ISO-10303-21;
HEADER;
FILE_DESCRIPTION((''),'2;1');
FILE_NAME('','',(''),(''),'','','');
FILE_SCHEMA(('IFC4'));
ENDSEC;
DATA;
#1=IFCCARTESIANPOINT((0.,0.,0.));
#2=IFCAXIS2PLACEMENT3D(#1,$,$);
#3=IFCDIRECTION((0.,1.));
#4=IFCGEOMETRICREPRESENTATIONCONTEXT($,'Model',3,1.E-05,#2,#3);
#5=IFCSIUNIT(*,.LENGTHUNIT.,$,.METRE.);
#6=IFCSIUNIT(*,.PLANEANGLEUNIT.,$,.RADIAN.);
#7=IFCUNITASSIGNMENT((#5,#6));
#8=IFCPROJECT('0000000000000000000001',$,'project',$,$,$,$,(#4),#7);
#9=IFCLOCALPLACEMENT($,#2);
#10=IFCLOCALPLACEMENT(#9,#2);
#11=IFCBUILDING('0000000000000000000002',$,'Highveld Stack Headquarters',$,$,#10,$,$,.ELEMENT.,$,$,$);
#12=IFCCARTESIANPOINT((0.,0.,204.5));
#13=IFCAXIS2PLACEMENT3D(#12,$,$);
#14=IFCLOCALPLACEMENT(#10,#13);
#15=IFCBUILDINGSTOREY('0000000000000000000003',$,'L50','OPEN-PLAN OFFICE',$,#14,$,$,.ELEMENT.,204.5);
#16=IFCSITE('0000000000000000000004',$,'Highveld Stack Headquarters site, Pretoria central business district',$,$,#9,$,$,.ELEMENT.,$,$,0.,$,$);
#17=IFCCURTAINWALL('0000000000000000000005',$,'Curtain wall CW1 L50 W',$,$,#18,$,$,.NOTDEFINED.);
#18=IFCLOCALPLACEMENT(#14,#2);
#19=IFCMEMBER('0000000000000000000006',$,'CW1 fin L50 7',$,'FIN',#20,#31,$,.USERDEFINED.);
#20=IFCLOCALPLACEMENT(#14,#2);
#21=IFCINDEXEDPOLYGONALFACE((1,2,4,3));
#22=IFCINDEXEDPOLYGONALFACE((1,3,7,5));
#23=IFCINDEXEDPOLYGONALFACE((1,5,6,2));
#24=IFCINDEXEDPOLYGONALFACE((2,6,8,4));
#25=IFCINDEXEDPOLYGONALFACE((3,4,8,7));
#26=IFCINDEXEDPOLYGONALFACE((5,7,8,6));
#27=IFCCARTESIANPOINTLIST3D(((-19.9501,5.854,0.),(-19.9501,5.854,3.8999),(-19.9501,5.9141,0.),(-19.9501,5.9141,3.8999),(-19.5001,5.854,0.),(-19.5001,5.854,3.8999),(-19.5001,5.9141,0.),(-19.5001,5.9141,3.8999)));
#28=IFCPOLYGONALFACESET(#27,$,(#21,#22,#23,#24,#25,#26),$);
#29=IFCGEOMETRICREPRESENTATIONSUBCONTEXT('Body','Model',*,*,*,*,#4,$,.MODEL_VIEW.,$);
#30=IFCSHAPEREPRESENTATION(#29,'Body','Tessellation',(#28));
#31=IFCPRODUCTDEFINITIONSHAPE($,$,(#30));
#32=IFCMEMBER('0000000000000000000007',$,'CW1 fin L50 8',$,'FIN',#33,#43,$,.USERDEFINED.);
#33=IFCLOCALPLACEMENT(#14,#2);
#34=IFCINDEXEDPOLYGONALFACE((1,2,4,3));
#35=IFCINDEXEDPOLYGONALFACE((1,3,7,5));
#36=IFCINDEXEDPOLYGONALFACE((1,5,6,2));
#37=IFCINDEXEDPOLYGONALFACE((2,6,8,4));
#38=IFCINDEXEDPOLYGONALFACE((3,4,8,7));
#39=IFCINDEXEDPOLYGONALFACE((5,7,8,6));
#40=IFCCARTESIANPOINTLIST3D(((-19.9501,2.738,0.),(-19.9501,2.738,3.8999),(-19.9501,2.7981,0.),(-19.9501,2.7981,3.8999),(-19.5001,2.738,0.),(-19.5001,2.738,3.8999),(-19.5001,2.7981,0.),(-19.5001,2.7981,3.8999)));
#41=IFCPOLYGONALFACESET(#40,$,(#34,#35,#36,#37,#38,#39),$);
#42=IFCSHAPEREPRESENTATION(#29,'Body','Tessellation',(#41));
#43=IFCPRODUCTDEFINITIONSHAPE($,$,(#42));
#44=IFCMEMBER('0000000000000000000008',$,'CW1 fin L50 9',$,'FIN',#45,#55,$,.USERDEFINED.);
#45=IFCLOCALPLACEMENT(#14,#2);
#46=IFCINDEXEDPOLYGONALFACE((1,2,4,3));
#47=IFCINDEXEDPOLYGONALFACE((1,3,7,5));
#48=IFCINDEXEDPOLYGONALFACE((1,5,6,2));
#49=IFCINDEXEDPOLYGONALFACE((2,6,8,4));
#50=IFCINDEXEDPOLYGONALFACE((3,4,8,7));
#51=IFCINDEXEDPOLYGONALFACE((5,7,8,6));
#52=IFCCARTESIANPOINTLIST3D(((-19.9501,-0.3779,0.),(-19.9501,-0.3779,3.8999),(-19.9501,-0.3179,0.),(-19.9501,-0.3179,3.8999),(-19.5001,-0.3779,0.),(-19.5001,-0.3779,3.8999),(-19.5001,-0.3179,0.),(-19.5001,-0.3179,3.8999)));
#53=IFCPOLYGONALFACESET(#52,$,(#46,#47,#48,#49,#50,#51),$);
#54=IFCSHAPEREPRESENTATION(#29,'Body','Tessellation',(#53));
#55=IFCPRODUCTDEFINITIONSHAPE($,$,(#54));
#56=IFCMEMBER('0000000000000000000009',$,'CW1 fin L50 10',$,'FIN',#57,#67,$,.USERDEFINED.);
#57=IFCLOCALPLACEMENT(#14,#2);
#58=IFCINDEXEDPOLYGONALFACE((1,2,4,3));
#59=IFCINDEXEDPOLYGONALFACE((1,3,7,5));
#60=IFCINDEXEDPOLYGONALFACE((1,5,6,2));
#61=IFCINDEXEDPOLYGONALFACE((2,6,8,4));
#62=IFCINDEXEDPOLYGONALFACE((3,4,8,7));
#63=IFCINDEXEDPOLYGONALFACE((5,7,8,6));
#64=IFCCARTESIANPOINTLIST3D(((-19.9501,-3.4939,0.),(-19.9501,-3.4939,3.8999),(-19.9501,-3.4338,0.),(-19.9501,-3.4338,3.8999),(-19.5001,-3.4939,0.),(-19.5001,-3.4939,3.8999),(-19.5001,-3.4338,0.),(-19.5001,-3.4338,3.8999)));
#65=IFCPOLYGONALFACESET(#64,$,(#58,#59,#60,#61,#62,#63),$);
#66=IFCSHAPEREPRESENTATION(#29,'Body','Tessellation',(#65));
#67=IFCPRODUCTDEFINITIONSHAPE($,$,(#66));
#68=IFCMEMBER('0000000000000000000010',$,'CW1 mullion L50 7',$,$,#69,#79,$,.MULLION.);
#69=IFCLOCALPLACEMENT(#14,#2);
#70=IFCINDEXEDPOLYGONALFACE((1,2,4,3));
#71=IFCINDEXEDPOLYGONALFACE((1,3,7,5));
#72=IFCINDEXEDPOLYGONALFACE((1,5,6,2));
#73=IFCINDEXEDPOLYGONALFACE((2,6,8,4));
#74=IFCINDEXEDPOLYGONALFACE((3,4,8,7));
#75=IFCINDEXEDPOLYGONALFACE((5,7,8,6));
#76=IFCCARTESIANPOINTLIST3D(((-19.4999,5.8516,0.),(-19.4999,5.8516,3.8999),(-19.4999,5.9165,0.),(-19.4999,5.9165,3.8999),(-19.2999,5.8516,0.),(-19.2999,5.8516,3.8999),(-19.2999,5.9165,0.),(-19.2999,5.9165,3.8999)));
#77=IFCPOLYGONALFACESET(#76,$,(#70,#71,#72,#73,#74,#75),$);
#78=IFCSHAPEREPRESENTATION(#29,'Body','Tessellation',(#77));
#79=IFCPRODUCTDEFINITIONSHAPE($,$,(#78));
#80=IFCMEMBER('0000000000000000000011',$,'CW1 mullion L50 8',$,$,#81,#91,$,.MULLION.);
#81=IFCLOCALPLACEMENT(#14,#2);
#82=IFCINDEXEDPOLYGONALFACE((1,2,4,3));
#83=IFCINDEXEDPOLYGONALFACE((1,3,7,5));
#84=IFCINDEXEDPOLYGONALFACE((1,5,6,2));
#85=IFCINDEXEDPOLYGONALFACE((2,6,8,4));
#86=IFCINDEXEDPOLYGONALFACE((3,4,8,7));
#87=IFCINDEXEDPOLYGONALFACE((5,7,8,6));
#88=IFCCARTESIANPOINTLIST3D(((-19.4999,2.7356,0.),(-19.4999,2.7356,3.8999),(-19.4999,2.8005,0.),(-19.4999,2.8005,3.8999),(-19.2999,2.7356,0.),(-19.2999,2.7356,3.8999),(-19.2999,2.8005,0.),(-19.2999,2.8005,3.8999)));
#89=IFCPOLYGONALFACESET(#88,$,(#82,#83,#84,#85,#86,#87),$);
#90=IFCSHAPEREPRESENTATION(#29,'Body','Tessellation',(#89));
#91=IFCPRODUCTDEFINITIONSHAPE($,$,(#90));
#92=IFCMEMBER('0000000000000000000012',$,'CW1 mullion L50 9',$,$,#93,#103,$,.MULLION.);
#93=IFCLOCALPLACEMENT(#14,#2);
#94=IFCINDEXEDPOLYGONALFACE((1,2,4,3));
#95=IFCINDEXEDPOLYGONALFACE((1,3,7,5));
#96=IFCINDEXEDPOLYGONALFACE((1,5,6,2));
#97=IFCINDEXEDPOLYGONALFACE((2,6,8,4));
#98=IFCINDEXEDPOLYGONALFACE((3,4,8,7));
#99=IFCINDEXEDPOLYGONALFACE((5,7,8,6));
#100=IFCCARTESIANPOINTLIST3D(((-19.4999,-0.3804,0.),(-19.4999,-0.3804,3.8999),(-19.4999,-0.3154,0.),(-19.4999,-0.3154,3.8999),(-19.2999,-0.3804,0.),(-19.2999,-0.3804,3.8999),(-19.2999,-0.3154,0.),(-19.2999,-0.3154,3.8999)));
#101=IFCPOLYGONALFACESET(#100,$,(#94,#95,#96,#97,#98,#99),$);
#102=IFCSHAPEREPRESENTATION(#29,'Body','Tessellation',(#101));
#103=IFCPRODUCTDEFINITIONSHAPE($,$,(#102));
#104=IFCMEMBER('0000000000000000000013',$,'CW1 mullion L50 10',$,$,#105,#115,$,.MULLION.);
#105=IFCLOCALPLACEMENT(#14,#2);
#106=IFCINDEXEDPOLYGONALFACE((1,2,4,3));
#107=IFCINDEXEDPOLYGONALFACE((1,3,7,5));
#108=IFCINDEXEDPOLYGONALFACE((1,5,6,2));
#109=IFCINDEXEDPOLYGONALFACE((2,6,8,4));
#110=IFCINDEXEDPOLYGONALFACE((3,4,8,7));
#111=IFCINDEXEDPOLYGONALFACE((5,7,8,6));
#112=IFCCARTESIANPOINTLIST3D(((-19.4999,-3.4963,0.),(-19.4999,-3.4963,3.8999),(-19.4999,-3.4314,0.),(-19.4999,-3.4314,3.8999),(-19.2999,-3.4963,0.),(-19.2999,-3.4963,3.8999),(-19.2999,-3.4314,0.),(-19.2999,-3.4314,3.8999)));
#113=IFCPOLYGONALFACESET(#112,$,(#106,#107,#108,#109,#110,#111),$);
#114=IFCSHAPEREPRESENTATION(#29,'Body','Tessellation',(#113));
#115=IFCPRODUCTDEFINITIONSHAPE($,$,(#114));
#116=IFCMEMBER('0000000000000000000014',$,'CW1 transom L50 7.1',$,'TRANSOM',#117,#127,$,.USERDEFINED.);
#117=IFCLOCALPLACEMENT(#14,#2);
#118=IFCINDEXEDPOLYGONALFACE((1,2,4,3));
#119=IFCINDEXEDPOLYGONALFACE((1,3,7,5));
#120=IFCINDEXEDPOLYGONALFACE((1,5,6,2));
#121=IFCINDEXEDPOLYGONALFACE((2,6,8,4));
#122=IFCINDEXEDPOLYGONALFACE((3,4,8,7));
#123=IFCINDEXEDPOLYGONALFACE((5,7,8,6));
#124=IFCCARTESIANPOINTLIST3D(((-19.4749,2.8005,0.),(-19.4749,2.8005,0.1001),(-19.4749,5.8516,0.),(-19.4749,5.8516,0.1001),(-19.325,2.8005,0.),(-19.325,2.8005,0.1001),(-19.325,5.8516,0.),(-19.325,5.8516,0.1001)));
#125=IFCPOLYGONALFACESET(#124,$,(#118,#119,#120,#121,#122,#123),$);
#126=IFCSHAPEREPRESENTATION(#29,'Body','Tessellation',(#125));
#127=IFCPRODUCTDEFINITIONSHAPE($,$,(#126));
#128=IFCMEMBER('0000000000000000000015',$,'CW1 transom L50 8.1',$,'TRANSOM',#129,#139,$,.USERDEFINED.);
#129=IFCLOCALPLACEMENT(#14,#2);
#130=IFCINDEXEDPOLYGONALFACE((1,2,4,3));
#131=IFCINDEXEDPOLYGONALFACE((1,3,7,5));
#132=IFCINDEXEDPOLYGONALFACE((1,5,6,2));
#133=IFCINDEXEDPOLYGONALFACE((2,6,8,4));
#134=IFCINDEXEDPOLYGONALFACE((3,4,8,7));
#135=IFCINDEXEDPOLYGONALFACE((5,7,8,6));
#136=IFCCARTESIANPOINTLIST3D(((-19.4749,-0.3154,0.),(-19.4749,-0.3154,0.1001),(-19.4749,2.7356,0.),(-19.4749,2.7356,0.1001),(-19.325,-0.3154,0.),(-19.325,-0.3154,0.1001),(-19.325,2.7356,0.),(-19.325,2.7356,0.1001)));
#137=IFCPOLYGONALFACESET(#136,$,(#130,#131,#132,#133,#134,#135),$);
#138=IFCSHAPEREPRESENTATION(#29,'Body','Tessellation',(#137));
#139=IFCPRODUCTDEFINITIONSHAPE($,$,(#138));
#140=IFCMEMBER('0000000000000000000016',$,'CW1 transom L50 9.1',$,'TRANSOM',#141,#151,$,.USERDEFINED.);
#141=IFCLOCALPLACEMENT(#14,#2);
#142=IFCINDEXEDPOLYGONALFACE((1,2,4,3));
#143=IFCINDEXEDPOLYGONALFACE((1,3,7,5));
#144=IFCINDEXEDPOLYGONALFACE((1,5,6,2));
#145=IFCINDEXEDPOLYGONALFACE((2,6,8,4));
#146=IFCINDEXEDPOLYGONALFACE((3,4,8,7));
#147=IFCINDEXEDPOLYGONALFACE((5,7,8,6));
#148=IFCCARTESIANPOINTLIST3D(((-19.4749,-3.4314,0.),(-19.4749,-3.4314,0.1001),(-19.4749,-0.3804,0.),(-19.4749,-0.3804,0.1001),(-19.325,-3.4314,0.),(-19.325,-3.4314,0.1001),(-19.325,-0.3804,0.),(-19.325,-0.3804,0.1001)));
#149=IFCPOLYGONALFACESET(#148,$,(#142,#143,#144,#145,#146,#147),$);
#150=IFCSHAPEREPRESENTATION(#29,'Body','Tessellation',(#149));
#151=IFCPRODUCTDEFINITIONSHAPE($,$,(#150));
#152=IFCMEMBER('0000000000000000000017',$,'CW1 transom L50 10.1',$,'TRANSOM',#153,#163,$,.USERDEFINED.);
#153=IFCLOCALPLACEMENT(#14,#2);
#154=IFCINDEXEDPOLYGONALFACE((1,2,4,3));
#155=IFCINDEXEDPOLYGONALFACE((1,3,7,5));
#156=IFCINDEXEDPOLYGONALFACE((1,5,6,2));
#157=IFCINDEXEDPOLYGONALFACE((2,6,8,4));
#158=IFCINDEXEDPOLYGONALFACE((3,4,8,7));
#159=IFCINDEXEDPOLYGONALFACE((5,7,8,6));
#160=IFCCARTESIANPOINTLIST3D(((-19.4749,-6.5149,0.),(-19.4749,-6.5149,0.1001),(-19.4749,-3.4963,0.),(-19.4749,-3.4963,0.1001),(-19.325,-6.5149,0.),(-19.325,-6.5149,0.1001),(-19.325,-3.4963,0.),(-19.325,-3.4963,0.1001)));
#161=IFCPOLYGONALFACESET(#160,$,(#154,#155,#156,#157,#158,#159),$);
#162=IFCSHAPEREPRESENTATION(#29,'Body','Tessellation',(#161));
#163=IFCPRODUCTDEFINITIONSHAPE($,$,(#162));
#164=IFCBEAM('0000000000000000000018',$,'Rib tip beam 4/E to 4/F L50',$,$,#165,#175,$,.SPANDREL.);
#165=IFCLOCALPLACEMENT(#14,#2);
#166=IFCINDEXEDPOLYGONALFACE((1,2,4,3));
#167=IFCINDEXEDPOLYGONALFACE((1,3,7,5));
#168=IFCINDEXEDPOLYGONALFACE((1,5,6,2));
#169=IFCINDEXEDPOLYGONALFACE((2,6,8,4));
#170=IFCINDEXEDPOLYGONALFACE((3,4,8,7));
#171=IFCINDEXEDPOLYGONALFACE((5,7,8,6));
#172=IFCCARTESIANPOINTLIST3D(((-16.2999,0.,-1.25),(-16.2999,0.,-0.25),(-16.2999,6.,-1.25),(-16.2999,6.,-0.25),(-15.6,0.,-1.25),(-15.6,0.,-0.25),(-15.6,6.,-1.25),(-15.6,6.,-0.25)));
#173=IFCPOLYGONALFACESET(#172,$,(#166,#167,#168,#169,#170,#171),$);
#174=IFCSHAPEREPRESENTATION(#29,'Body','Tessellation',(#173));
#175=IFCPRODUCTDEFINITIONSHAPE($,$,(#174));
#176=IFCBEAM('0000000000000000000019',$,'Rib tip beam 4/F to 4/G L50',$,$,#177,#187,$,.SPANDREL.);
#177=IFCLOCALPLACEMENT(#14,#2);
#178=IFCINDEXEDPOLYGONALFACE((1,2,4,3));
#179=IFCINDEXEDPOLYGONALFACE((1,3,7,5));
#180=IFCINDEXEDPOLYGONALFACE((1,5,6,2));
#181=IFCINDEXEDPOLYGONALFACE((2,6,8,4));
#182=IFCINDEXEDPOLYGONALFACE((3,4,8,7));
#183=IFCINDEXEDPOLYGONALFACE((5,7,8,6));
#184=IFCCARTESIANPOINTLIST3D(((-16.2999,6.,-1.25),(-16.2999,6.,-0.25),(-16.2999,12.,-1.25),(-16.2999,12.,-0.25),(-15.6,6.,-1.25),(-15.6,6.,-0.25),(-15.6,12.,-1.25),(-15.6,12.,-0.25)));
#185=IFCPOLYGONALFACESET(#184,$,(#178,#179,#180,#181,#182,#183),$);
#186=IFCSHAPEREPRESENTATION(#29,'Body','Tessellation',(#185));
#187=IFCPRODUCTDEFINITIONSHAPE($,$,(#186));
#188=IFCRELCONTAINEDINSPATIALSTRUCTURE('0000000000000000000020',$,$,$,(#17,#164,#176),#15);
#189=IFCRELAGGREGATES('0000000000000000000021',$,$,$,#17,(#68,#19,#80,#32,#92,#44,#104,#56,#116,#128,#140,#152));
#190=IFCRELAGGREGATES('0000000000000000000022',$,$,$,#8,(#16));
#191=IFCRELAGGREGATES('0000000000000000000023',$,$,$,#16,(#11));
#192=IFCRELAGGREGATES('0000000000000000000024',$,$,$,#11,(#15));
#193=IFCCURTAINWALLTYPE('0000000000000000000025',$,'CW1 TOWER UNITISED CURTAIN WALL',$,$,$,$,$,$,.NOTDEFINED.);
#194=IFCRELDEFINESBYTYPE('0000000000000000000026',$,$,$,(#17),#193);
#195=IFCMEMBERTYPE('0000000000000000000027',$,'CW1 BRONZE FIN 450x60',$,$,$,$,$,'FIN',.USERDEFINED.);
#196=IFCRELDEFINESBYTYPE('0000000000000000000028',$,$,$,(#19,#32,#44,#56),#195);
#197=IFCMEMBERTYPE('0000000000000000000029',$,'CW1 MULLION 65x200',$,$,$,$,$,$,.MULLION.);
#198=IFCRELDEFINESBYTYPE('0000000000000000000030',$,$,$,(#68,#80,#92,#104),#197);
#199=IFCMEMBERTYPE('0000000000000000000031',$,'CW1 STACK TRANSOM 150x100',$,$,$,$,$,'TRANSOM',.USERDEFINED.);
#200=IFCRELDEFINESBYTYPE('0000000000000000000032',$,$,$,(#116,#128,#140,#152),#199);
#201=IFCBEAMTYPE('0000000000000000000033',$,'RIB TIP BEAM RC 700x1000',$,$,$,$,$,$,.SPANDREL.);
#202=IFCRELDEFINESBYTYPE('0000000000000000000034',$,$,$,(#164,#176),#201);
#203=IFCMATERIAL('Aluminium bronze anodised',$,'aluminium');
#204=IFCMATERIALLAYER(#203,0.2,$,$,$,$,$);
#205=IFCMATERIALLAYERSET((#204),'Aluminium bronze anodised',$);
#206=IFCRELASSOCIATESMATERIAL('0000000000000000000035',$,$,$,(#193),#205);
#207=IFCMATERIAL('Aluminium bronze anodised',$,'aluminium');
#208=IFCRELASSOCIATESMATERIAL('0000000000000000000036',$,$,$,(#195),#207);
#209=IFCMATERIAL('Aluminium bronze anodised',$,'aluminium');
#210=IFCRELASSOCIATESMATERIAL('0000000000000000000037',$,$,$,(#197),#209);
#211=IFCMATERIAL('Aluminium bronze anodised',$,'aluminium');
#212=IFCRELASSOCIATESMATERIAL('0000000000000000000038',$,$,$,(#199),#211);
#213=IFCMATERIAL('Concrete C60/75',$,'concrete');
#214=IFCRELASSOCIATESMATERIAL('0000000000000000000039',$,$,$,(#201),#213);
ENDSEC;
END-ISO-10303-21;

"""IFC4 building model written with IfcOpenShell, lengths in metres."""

from ifc_helpers import new_model, si_unit, direction, frame, origin, origin_2d, place, context, subcontext, project, spatial, rectangle, extrude, material, layer, layer_set, material_profile, profile_set, type_object, element, aggregate, save


model = new_model("IFC4")

# Units and contexts
model_context = context("Model", 3, precision=1e-05, world=origin(), true_north=direction((0.0, 1.0)))
body_context = subcontext(model_context, "Body", "Model", "MODEL_VIEW")
ifc_project = project(units=[si_unit("LENGTHUNIT", "METRE"), si_unit("PLANEANGLEUNIT", "RADIAN")], contexts=[model_context])

# Site, building, storey
site_placement = place(None, origin())
site = spatial("IfcSite", under=ifc_project, at=site_placement, Name="Highveld Stack Headquarters site, Pretoria central business district", CompositionType="ELEMENT", RefElevation=0.0)
building_placement = place(site_placement, origin())
building = spatial("IfcBuilding", under=site, at=building_placement, Name="Highveld Stack Headquarters", CompositionType="ELEMENT")
storey_placement = place(building_placement, frame((0.0, 0.0, 204.5)))
storey = spatial("IfcBuildingStorey", under=building, at=storey_placement, Name="L50", Description="OPEN-PLAN OFFICE", CompositionType="ELEMENT", Elevation=204.5)

# Curtain wall, members
ifc_material_1 = material(Name="Aluminium bronze anodised", Category="aluminium")
ifc_layer_1 = layer(ifc_material_1, 0.2)
ifc_layer_set_1 = layer_set([ifc_layer_1], Name="Aluminium bronze anodised")
curtain_wall_type = type_object("IfcCurtainWallType", Name="CW1 TOWER UNITISED CURTAIN WALL", PredefinedType="NOTDEFINED", material=ifc_layer_set_1)
curtain_wall_placement = place(storey_placement, origin())
curtain_wall = element("IfcCurtainWall", 1, at=curtain_wall_placement, inside=storey, type_object=curtain_wall_type, Name="Curtain wall CW1 L50 W", PredefinedType="NOTDEFINED")
ifc_material_2 = material(Name="Aluminium bronze anodised", Category="aluminium")
ifc_material_profile_1 = material_profile(ifc_material_2, rectangle(XDim=0.45, YDim=0.0601, at=origin_2d()), Name="FIN 450x60")
ifc_profile_set_1 = profile_set([ifc_material_profile_1], Name="Aluminium bronze anodised")
member_type_1 = type_object("IfcMemberType", Name="CW1 BRONZE FIN 450x60", ElementType="FIN", PredefinedType="USERDEFINED", material=ifc_profile_set_1)
member_1_placement = place(storey_placement, frame((-19.7251, 5.884, 0.0), z_axis=(0.0, 0.0, 1.0), x_axis=(1.0, 0.0, 0.0)))
member_1 = element("IfcMember", 2, at=member_1_placement, type_object=member_type_1, Name="CW1 fin L50 7", ObjectType="FIN", PredefinedType="USERDEFINED", context=body_context, shape_type="SweptSolid", body=[
    extrude(rectangle(XDim=0.45, YDim=0.0601, at=origin_2d()), origin(), (0.0, 0.0, 1.0), 3.8999),
])
member_2_placement = place(storey_placement, frame((-19.7251, 2.7681, 0.0), z_axis=(0.0, 0.0, 1.0), x_axis=(1.0, 0.0, 0.0)))
member_2 = element("IfcMember", 3, at=member_2_placement, type_object=member_type_1, Name="CW1 fin L50 8", ObjectType="FIN", PredefinedType="USERDEFINED", context=body_context, shape_type="SweptSolid", body=[
    extrude(rectangle(XDim=0.45, YDim=0.0601, at=origin_2d()), origin(), (0.0, 0.0, 1.0), 3.8999),
])
member_3_placement = place(storey_placement, frame((-19.7251, -0.3479, 0.0), z_axis=(0.0, 0.0, 1.0), x_axis=(1.0, 0.0, 0.0)))
member_3 = element("IfcMember", 4, at=member_3_placement, type_object=member_type_1, Name="CW1 fin L50 9", ObjectType="FIN", PredefinedType="USERDEFINED", context=body_context, shape_type="SweptSolid", body=[
    extrude(rectangle(XDim=0.45, YDim=0.0601, at=origin_2d()), origin(), (0.0, 0.0, 1.0), 3.8999),
])
member_4_placement = place(storey_placement, frame((-19.7251, -3.4639, 0.0), z_axis=(0.0, 0.0, 1.0), x_axis=(1.0, 0.0, 0.0)))
member_4 = element("IfcMember", 5, at=member_4_placement, type_object=member_type_1, Name="CW1 fin L50 10", ObjectType="FIN", PredefinedType="USERDEFINED", context=body_context, shape_type="SweptSolid", body=[
    extrude(rectangle(XDim=0.45, YDim=0.0601, at=origin_2d()), origin(), (0.0, 0.0, 1.0), 3.8999),
])
ifc_material_3 = material(Name="Aluminium bronze anodised", Category="aluminium")
ifc_material_profile_2 = material_profile(ifc_material_3, rectangle(XDim=0.2, YDim=0.0649, at=origin_2d()), Name="CW1 MULLION 65x200")
ifc_profile_set_2 = profile_set([ifc_material_profile_2], Name="Aluminium bronze anodised")
member_type_2 = type_object("IfcMemberType", Name="CW1 MULLION 65x200", PredefinedType="MULLION", material=ifc_profile_set_2)
member_5_placement = place(storey_placement, frame((-19.3999, 5.884, 0.0), z_axis=(0.0, 0.0, 1.0), x_axis=(1.0, 0.0, 0.0)))
member_5 = element("IfcMember", 6, at=member_5_placement, type_object=member_type_2, Name="CW1 mullion L50 7", PredefinedType="MULLION", context=body_context, shape_type="SweptSolid", body=[
    extrude(rectangle(XDim=0.2, YDim=0.0649, at=origin_2d()), origin(), (0.0, 0.0, 1.0), 3.8999),
])
member_6_placement = place(storey_placement, frame((-19.3999, 2.7681, 0.0), z_axis=(0.0, 0.0, 1.0), x_axis=(1.0, 0.0, 0.0)))
member_6 = element("IfcMember", 7, at=member_6_placement, type_object=member_type_2, Name="CW1 mullion L50 8", PredefinedType="MULLION", context=body_context, shape_type="SweptSolid", body=[
    extrude(rectangle(XDim=0.2, YDim=0.0649, at=origin_2d()), origin(), (0.0, 0.0, 1.0), 3.8999),
])
member_7_placement = place(storey_placement, frame((-19.3999, -0.3479, 0.0), z_axis=(0.0, 0.0, 1.0), x_axis=(1.0, 0.0, 0.0)))
member_7 = element("IfcMember", 8, at=member_7_placement, type_object=member_type_2, Name="CW1 mullion L50 9", PredefinedType="MULLION", context=body_context, shape_type="SweptSolid", body=[
    extrude(rectangle(XDim=0.2, YDim=0.0649, at=origin_2d()), origin(), (0.0, 0.0, 1.0), 3.8999),
])
member_8_placement = place(storey_placement, frame((-19.3999, -3.4639, 0.0), z_axis=(0.0, 0.0, 1.0), x_axis=(1.0, 0.0, 0.0)))
member_8 = element("IfcMember", 9, at=member_8_placement, type_object=member_type_2, Name="CW1 mullion L50 10", PredefinedType="MULLION", context=body_context, shape_type="SweptSolid", body=[
    extrude(rectangle(XDim=0.2, YDim=0.0649, at=origin_2d()), origin(), (0.0, 0.0, 1.0), 3.8999),
])
ifc_material_4 = material(Name="Aluminium bronze anodised", Category="aluminium")
ifc_material_profile_3 = material_profile(ifc_material_4, rectangle(XDim=0.1499, YDim=0.1001, at=origin_2d()), Name="CW1 TRANSOM 150x100")
ifc_profile_set_3 = profile_set([ifc_material_profile_3], Name="Aluminium bronze anodised")
member_type_3 = type_object("IfcMemberType", Name="CW1 STACK TRANSOM 150x100", ElementType="TRANSOM", PredefinedType="USERDEFINED", material=ifc_profile_set_3)
member_9_placement = place(storey_placement, frame((-19.3999, 5.8516, 0.05), z_axis=(0.0, -1.0, 0.0), x_axis=(1.0, 0.0, 0.0)))
member_9 = element("IfcMember", 10, at=member_9_placement, type_object=member_type_3, Name="CW1 transom L50 7.1", ObjectType="TRANSOM", PredefinedType="USERDEFINED", context=body_context, shape_type="SweptSolid", body=[
    extrude(rectangle(XDim=0.1499, YDim=0.1001, at=origin_2d()), origin(), (0.0, 0.0, 1.0), 3.051),
])
member_10_placement = place(storey_placement, frame((-19.3999, 2.7356, 0.05), z_axis=(0.0, -1.0, 0.0), x_axis=(1.0, 0.0, 0.0)))
member_10 = element("IfcMember", 11, at=member_10_placement, type_object=member_type_3, Name="CW1 transom L50 8.1", ObjectType="TRANSOM", PredefinedType="USERDEFINED", context=body_context, shape_type="SweptSolid", body=[
    extrude(rectangle(XDim=0.1499, YDim=0.1001, at=origin_2d()), origin(), (0.0, 0.0, 1.0), 3.051),
])
member_11_placement = place(storey_placement, frame((-19.3999, -0.3804, 0.05), z_axis=(0.0, -1.0, 0.0), x_axis=(1.0, 0.0, 0.0)))
member_11 = element("IfcMember", 12, at=member_11_placement, type_object=member_type_3, Name="CW1 transom L50 9.1", ObjectType="TRANSOM", PredefinedType="USERDEFINED", context=body_context, shape_type="SweptSolid", body=[
    extrude(rectangle(XDim=0.1499, YDim=0.1001, at=origin_2d()), origin(), (0.0, 0.0, 1.0), 3.051),
])
member_12_placement = place(storey_placement, frame((-19.3999, -3.4963, 0.05), z_axis=(0.0, -1.0, 0.0), x_axis=(1.0, 0.0, 0.0)))
member_12 = element("IfcMember", 13, at=member_12_placement, type_object=member_type_3, Name="CW1 transom L50 10.1", ObjectType="TRANSOM", PredefinedType="USERDEFINED", context=body_context, shape_type="SweptSolid", body=[
    extrude(rectangle(XDim=0.1499, YDim=0.1001, at=origin_2d()), origin(), (0.0, 0.0, 1.0), 3.0186),
])

# Beams
ifc_material_5 = material(Name="Concrete C60/75", Category="concrete")
ifc_material_profile_4 = material_profile(ifc_material_5, rectangle(XDim=0.7, YDim=1.0, at=origin_2d()), Name="RC 700x1000")
ifc_profile_set_4 = profile_set([ifc_material_profile_4], Name="Concrete C60/75")
beam_type = type_object("IfcBeamType", Name="RIB TIP BEAM RC 700x1000", PredefinedType="SPANDREL", material=ifc_profile_set_4)
for number, where, z_axis, x_axis, name in (
    (14, (-15.95, 0.0, -0.75), (0.0, 1.0, 0.0), (-1.0, 0.0, 0.0), "Rib tip beam 4/E to 4/F L50"),
    (15, (-15.95, 6.0, -0.75), (0.0, 1.0, 0.0), (-1.0, 0.0, 0.0), "Rib tip beam 4/F to 4/G L50"),
):
    element("IfcBeam", number, at=place(storey_placement, frame(where, z_axis=z_axis, x_axis=x_axis)), inside=storey, type_object=beam_type, Name=name, PredefinedType="SPANDREL", context=body_context, shape_type="SweptSolid", body=[
        extrude(rectangle(XDim=0.7, YDim=1.0, at=origin_2d()), origin(), (0.0, 0.0, 1.0), 6.0),
    ])

aggregate(curtain_wall, [member_5, member_1, member_6, member_2, member_7, member_3, member_8, member_4, member_9, member_10, member_11, member_12])

save(model, "model.ifc")
